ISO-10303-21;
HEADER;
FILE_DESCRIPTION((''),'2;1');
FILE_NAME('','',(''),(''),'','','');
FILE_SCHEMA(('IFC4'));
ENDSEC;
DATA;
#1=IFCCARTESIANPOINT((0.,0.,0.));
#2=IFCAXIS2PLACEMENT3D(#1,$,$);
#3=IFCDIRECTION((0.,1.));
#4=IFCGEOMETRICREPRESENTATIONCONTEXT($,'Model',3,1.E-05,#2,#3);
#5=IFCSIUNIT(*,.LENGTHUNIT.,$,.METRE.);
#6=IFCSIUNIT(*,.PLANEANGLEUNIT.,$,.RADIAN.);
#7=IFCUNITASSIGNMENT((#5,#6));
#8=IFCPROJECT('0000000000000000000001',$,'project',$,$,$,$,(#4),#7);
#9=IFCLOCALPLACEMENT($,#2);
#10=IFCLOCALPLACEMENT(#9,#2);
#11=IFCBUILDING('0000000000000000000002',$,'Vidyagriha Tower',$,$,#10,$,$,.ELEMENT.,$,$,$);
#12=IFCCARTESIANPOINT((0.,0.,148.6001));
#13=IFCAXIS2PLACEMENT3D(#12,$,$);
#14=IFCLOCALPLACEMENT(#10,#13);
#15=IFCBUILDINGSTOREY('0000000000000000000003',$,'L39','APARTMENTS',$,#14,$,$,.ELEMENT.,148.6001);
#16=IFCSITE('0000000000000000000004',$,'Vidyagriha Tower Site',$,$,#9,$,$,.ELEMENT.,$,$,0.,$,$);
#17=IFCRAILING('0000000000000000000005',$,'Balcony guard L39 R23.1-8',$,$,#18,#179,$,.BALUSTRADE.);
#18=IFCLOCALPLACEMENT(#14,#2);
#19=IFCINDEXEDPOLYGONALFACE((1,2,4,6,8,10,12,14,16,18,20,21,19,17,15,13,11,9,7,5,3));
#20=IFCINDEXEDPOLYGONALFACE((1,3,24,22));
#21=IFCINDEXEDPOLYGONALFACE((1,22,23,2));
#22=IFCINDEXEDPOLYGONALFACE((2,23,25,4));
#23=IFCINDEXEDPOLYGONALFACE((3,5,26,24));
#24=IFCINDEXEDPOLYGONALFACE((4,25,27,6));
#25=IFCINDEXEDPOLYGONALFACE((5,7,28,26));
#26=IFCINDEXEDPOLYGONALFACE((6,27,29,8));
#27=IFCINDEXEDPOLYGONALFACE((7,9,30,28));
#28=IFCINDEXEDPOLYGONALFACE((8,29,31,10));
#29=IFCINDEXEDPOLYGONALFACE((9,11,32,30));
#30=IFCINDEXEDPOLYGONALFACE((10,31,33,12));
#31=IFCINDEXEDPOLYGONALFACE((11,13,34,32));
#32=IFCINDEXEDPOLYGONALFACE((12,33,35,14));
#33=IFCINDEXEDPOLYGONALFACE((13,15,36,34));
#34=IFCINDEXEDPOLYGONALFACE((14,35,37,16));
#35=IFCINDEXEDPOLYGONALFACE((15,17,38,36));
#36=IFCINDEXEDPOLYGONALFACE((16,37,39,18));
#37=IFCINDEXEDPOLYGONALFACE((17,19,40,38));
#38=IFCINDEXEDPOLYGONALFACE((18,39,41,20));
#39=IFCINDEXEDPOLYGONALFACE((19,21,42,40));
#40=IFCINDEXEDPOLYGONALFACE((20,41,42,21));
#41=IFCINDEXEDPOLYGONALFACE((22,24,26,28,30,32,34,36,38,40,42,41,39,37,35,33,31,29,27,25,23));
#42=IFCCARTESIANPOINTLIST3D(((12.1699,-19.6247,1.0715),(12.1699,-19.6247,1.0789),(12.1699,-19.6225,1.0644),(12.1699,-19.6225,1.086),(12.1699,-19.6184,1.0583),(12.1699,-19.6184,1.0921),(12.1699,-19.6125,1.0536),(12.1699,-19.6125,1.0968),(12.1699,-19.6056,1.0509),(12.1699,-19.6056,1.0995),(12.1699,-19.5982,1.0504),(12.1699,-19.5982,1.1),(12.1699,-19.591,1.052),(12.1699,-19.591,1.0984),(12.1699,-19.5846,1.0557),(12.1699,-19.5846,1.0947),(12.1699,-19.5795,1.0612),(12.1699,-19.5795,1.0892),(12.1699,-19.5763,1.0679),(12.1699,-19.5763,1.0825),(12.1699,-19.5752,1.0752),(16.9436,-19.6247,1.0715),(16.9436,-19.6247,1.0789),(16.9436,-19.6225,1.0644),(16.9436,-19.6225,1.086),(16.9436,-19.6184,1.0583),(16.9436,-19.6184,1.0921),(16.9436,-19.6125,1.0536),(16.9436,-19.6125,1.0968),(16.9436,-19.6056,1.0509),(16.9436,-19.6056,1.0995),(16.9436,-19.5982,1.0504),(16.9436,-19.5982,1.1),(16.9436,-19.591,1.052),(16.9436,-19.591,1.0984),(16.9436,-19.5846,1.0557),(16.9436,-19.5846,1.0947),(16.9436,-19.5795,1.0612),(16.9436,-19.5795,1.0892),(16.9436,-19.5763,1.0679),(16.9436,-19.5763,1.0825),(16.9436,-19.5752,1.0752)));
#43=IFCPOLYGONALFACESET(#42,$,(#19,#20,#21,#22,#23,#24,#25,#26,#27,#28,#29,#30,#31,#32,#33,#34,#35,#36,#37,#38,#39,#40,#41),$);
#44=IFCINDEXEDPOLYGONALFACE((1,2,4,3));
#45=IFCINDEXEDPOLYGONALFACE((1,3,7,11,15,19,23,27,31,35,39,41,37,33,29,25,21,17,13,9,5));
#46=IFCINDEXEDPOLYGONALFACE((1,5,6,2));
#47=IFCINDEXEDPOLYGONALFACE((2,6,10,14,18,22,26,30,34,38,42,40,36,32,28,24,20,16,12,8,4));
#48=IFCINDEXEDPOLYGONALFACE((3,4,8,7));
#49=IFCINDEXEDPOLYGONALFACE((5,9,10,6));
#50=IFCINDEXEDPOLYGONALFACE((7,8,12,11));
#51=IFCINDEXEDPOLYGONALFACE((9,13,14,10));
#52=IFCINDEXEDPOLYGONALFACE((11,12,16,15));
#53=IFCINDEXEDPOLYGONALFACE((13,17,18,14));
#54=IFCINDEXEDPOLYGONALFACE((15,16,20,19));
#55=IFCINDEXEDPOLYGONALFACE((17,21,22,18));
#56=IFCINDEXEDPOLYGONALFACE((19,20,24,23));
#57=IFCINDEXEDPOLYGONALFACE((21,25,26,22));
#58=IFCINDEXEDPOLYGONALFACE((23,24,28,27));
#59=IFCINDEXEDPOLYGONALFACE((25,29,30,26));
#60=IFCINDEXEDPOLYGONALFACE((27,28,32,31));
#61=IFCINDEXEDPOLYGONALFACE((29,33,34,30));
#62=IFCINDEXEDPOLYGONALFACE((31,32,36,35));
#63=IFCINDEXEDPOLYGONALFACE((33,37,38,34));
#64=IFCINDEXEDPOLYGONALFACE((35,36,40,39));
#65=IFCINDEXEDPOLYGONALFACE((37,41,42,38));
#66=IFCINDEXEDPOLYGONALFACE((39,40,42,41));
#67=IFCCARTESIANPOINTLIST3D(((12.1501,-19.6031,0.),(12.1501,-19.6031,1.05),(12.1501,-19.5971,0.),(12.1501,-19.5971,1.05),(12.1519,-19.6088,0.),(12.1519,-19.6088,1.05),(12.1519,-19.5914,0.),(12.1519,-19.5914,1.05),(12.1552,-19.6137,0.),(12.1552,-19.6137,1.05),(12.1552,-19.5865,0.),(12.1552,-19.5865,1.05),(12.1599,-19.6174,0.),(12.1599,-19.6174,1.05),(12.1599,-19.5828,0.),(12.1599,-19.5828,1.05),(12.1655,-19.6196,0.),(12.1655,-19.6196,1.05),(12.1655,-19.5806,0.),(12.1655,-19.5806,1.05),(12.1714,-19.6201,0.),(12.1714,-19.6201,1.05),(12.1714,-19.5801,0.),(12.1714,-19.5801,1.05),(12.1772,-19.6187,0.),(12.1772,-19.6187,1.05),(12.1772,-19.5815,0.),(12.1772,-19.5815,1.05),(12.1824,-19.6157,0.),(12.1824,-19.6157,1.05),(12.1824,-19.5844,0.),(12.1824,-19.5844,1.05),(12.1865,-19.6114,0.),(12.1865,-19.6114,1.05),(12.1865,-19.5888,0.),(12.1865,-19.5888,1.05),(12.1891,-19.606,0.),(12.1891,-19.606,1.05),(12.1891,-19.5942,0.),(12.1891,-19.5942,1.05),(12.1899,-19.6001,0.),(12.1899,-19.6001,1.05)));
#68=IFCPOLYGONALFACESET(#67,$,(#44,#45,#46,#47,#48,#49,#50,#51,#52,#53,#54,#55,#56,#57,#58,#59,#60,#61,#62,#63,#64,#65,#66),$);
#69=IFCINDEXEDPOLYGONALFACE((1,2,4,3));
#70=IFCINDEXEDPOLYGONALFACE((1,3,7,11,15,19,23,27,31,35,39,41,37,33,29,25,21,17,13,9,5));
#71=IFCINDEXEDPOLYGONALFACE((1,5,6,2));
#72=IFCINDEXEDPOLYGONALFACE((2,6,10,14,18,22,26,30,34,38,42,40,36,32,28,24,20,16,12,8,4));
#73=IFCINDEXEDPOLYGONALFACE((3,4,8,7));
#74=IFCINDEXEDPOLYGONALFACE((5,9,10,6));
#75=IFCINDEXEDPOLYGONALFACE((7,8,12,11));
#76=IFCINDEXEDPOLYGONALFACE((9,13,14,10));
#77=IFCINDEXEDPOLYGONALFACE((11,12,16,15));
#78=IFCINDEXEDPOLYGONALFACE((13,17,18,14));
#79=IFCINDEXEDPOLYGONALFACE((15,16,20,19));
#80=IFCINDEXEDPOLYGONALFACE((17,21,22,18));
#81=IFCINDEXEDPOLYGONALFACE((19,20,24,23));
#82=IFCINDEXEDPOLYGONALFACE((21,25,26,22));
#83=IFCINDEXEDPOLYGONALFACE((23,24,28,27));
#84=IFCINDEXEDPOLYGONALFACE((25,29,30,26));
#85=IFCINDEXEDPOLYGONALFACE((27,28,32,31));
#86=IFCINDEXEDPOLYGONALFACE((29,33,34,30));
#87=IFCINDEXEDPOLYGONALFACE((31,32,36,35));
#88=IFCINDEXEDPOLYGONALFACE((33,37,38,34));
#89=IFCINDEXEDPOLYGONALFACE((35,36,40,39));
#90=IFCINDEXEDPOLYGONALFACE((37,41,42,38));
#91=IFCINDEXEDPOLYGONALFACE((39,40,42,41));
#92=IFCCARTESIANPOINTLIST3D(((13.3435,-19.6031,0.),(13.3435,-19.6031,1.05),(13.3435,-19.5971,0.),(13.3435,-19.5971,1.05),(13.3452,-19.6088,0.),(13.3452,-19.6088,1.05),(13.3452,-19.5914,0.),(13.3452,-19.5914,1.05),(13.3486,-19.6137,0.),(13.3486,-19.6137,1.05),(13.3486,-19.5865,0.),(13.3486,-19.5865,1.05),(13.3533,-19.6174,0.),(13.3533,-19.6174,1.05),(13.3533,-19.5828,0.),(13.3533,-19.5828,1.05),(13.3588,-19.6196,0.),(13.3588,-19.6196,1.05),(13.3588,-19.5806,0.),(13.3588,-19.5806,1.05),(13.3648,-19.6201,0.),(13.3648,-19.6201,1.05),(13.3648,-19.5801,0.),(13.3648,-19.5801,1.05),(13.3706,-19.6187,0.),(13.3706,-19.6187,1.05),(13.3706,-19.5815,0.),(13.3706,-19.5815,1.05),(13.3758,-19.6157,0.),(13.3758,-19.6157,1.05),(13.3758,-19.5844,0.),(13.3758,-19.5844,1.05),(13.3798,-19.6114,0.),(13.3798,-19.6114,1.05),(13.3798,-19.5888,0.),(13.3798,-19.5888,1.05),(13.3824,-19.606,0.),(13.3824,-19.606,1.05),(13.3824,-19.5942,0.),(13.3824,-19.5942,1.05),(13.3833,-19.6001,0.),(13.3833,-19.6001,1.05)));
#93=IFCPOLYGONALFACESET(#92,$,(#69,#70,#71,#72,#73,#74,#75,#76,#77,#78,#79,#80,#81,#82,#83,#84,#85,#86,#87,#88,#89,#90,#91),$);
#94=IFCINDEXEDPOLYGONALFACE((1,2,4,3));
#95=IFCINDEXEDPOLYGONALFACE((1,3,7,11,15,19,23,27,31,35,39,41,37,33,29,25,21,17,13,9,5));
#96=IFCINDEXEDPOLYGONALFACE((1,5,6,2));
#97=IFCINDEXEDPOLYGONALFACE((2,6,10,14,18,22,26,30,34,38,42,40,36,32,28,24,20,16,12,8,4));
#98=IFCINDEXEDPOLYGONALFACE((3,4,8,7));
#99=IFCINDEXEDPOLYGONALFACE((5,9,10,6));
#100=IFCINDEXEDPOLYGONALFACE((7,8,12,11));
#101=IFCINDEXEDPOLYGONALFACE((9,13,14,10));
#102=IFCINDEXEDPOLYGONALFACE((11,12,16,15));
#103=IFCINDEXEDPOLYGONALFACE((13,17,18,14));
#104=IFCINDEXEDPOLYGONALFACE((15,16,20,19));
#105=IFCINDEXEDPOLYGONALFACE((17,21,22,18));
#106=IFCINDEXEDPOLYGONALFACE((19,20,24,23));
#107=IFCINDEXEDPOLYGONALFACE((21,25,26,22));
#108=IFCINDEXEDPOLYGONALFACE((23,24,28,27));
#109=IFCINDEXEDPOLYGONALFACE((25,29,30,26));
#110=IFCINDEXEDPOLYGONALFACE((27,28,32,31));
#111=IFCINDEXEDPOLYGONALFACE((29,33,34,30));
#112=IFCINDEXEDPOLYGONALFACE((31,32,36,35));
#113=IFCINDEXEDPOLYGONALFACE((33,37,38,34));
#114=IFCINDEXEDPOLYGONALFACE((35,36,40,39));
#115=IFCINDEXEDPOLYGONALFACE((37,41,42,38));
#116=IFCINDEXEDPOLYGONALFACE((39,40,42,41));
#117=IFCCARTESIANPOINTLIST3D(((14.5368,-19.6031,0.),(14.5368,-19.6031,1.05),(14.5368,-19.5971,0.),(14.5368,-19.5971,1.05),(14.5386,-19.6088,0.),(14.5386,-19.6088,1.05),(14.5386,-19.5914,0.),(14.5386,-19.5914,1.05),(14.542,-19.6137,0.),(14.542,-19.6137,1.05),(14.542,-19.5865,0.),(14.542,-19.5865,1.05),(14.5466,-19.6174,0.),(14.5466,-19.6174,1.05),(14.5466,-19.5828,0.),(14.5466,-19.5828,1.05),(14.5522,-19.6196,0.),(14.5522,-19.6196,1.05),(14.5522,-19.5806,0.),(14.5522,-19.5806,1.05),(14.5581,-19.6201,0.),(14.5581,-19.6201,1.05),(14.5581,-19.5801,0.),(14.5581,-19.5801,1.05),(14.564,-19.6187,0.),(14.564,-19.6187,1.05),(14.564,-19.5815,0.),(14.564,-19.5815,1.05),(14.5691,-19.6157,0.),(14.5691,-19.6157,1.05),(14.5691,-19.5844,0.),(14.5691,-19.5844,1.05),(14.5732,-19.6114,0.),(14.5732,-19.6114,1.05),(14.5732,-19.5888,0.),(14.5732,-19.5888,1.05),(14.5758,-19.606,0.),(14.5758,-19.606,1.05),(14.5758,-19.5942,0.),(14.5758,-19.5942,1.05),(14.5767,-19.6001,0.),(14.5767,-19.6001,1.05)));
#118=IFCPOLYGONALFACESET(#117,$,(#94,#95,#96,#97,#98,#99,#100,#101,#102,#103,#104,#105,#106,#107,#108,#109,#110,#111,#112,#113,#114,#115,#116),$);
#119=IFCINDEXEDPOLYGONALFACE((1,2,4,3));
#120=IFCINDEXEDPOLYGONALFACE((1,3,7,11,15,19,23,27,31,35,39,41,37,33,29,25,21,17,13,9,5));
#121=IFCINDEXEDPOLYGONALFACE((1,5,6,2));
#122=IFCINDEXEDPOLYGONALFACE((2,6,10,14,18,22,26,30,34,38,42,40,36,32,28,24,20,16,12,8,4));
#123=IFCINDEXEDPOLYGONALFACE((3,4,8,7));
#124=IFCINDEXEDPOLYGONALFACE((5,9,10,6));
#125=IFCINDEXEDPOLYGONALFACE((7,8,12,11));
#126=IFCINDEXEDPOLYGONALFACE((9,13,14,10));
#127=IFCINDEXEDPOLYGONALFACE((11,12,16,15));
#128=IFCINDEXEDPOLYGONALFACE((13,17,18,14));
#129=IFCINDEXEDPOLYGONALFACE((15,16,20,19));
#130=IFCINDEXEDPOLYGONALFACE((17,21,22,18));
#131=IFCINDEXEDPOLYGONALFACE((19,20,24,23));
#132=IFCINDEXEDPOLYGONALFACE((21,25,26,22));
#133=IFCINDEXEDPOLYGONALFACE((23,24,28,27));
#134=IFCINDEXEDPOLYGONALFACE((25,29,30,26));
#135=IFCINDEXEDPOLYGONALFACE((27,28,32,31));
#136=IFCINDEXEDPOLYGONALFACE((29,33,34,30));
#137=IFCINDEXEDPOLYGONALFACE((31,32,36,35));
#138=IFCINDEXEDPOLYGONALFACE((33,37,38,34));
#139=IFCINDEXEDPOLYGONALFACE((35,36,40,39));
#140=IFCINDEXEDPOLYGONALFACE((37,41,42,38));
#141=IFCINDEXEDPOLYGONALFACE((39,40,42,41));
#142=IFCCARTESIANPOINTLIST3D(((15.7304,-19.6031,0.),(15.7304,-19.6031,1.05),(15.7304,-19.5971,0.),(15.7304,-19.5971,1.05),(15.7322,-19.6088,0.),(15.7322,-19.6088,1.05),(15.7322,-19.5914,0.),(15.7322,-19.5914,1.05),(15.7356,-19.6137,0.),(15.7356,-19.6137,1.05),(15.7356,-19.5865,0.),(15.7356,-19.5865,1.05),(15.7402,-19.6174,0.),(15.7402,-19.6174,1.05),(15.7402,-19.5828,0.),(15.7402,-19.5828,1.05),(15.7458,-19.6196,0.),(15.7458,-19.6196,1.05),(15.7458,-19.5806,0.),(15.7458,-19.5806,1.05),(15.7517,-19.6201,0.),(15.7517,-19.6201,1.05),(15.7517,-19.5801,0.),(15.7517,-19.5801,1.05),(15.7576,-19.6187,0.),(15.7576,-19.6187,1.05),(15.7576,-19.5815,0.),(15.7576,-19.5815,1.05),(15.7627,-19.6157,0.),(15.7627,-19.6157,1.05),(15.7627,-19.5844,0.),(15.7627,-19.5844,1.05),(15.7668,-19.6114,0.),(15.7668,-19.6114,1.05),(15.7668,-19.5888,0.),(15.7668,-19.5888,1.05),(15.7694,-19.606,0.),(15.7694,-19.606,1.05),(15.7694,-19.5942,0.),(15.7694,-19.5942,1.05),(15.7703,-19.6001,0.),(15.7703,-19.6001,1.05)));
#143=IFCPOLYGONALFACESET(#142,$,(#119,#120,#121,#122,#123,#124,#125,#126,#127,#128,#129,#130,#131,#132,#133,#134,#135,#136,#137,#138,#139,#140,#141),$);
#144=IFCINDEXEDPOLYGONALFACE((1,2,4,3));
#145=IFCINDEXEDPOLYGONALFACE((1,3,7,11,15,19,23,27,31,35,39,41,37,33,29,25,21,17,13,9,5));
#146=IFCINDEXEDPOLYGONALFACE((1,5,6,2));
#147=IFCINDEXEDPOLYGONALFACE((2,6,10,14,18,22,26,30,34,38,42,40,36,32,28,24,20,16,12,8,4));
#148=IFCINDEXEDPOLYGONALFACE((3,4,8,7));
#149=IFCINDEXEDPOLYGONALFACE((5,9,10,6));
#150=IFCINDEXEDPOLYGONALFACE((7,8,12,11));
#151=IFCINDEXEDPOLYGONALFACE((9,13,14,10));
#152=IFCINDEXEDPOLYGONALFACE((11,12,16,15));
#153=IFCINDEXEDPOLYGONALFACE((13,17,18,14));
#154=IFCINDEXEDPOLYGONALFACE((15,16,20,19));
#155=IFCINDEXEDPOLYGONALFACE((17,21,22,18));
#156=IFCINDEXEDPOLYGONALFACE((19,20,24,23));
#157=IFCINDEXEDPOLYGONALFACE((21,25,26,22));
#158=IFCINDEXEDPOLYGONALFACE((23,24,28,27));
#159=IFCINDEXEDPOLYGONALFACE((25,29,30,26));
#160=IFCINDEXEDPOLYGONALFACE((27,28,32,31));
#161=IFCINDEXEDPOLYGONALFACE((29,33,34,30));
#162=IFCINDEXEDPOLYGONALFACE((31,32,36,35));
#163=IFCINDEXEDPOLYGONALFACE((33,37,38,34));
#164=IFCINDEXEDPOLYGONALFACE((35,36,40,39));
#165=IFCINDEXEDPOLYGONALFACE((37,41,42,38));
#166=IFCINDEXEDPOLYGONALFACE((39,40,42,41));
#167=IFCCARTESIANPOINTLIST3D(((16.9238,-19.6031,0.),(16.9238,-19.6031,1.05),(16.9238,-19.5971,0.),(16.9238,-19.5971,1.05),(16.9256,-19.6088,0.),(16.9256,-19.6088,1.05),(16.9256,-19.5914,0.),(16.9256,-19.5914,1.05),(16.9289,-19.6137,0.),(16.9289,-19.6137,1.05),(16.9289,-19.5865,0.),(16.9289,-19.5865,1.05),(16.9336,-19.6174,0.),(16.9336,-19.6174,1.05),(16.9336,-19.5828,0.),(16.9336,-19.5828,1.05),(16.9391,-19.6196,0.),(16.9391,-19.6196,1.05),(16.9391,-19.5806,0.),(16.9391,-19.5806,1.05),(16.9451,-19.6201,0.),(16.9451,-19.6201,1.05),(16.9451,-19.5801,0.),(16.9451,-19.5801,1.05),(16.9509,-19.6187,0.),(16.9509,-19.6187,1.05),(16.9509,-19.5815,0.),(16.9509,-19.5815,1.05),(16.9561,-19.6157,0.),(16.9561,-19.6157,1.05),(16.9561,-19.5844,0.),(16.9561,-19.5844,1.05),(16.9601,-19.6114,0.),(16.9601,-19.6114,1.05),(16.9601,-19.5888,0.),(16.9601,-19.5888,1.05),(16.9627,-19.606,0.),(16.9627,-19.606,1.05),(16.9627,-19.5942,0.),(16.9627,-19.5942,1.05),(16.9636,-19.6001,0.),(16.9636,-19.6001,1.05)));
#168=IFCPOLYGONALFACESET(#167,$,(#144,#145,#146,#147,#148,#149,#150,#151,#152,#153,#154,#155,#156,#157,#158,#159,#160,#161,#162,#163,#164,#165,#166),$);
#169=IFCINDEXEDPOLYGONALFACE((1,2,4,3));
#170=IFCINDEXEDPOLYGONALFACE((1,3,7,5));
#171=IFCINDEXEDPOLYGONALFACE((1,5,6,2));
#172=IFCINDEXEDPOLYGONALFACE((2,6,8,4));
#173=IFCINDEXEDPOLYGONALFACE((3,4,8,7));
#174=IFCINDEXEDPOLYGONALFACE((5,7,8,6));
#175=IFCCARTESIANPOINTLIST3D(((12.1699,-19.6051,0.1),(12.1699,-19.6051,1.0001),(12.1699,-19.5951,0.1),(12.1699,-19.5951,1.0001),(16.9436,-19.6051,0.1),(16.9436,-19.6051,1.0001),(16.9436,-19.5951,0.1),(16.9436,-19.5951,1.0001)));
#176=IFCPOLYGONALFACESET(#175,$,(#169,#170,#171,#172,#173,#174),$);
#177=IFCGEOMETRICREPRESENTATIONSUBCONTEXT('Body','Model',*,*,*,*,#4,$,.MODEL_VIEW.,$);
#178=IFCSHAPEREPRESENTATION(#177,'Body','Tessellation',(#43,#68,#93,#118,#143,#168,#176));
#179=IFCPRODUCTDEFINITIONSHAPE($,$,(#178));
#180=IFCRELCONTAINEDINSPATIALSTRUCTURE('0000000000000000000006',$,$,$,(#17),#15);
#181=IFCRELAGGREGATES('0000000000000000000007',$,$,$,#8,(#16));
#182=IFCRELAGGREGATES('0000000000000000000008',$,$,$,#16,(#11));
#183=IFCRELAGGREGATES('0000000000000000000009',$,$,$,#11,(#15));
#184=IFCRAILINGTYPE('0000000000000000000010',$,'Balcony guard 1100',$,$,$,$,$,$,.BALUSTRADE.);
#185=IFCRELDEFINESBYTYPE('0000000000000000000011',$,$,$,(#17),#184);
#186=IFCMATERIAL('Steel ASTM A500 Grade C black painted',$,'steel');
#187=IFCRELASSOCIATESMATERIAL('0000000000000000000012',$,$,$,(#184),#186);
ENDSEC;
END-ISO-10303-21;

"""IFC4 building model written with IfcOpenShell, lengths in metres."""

from ifc_helpers import new_model, si_unit, direction, frame, origin, origin_2d, place, context, subcontext, project, spatial, rectangle, circle, extrude, material, type_object, element, save


model = new_model("IFC4")

# Units and contexts
model_context = context("Model", 3, precision=1e-05, world=origin(), true_north=direction((0.0, 1.0)))
body_context = subcontext(model_context, "Body", "Model", "MODEL_VIEW")
ifc_project = project(units=[si_unit("LENGTHUNIT", "METRE"), si_unit("PLANEANGLEUNIT", "RADIAN")], contexts=[model_context])

# Site, building, storey
site_placement = place(None, origin())
site = spatial("IfcSite", under=ifc_project, at=site_placement, Name="Vidyagriha Tower Site", CompositionType="ELEMENT", RefElevation=0.0)
building_placement = place(site_placement, origin())
building = spatial("IfcBuilding", under=site, at=building_placement, Name="Vidyagriha Tower", CompositionType="ELEMENT")
storey_placement = place(building_placement, frame((0.0, 0.0, 148.6001)))
storey = spatial("IfcBuildingStorey", under=building, at=storey_placement, Name="L39", Description="APARTMENTS", CompositionType="ELEMENT", Elevation=148.6001)

# Railing
ifc_material_1 = material(Name="Steel ASTM A500 Grade C black painted", Category="steel")
railing_type = type_object("IfcRailingType", Name="Balcony guard 1100", PredefinedType="BALUSTRADE", material=ifc_material_1)
railing_1_placement = place(storey_placement, frame((12.1699, -19.6001, 0.0)))
element("IfcRailing", 1, at=railing_1_placement, inside=storey, type_object=railing_type, Name="Balcony guard L39 R23.1-8", PredefinedType="BALUSTRADE", context=body_context, shape_type="SweptSolid", body=[
    extrude(circle(Radius=0.0249, at=origin_2d()), frame((0.0, 0.0, 1.0752), z_axis=(1.0, 0.0, 0.0), x_axis=(0.0, 1.0, 0.0)), (0.0, 0.0, 1.0), 4.7737),
    extrude(circle(Radius=0.02, at=origin_2d()), origin(), (0.0, 0.0, 1.0), 1.05),
    extrude(circle(Radius=0.02, at=origin_2d()), frame((1.1934, 0.0, 0.0)), (0.0, 0.0, 1.0), 1.05),
    extrude(circle(Radius=0.02, at=origin_2d()), frame((2.3867, 0.0, 0.0)), (0.0, 0.0, 1.0), 1.05),
    extrude(circle(Radius=0.02, at=origin_2d()), frame((3.5803, 0.0, 0.0)), (0.0, 0.0, 1.0), 1.05),
    extrude(circle(Radius=0.02, at=origin_2d()), frame((4.7737, 0.0, 0.0)), (0.0, 0.0, 1.0), 1.05),
    extrude(rectangle(XDim=0.01, YDim=0.9001, at=origin_2d()), frame((0.0, 0.0, 0.55), z_axis=(1.0, 0.0, 0.0), x_axis=(0.0, 1.0, 0.0)), (0.0, 0.0, 1.0), 4.7737),
])

save(model, "model.ifc")
